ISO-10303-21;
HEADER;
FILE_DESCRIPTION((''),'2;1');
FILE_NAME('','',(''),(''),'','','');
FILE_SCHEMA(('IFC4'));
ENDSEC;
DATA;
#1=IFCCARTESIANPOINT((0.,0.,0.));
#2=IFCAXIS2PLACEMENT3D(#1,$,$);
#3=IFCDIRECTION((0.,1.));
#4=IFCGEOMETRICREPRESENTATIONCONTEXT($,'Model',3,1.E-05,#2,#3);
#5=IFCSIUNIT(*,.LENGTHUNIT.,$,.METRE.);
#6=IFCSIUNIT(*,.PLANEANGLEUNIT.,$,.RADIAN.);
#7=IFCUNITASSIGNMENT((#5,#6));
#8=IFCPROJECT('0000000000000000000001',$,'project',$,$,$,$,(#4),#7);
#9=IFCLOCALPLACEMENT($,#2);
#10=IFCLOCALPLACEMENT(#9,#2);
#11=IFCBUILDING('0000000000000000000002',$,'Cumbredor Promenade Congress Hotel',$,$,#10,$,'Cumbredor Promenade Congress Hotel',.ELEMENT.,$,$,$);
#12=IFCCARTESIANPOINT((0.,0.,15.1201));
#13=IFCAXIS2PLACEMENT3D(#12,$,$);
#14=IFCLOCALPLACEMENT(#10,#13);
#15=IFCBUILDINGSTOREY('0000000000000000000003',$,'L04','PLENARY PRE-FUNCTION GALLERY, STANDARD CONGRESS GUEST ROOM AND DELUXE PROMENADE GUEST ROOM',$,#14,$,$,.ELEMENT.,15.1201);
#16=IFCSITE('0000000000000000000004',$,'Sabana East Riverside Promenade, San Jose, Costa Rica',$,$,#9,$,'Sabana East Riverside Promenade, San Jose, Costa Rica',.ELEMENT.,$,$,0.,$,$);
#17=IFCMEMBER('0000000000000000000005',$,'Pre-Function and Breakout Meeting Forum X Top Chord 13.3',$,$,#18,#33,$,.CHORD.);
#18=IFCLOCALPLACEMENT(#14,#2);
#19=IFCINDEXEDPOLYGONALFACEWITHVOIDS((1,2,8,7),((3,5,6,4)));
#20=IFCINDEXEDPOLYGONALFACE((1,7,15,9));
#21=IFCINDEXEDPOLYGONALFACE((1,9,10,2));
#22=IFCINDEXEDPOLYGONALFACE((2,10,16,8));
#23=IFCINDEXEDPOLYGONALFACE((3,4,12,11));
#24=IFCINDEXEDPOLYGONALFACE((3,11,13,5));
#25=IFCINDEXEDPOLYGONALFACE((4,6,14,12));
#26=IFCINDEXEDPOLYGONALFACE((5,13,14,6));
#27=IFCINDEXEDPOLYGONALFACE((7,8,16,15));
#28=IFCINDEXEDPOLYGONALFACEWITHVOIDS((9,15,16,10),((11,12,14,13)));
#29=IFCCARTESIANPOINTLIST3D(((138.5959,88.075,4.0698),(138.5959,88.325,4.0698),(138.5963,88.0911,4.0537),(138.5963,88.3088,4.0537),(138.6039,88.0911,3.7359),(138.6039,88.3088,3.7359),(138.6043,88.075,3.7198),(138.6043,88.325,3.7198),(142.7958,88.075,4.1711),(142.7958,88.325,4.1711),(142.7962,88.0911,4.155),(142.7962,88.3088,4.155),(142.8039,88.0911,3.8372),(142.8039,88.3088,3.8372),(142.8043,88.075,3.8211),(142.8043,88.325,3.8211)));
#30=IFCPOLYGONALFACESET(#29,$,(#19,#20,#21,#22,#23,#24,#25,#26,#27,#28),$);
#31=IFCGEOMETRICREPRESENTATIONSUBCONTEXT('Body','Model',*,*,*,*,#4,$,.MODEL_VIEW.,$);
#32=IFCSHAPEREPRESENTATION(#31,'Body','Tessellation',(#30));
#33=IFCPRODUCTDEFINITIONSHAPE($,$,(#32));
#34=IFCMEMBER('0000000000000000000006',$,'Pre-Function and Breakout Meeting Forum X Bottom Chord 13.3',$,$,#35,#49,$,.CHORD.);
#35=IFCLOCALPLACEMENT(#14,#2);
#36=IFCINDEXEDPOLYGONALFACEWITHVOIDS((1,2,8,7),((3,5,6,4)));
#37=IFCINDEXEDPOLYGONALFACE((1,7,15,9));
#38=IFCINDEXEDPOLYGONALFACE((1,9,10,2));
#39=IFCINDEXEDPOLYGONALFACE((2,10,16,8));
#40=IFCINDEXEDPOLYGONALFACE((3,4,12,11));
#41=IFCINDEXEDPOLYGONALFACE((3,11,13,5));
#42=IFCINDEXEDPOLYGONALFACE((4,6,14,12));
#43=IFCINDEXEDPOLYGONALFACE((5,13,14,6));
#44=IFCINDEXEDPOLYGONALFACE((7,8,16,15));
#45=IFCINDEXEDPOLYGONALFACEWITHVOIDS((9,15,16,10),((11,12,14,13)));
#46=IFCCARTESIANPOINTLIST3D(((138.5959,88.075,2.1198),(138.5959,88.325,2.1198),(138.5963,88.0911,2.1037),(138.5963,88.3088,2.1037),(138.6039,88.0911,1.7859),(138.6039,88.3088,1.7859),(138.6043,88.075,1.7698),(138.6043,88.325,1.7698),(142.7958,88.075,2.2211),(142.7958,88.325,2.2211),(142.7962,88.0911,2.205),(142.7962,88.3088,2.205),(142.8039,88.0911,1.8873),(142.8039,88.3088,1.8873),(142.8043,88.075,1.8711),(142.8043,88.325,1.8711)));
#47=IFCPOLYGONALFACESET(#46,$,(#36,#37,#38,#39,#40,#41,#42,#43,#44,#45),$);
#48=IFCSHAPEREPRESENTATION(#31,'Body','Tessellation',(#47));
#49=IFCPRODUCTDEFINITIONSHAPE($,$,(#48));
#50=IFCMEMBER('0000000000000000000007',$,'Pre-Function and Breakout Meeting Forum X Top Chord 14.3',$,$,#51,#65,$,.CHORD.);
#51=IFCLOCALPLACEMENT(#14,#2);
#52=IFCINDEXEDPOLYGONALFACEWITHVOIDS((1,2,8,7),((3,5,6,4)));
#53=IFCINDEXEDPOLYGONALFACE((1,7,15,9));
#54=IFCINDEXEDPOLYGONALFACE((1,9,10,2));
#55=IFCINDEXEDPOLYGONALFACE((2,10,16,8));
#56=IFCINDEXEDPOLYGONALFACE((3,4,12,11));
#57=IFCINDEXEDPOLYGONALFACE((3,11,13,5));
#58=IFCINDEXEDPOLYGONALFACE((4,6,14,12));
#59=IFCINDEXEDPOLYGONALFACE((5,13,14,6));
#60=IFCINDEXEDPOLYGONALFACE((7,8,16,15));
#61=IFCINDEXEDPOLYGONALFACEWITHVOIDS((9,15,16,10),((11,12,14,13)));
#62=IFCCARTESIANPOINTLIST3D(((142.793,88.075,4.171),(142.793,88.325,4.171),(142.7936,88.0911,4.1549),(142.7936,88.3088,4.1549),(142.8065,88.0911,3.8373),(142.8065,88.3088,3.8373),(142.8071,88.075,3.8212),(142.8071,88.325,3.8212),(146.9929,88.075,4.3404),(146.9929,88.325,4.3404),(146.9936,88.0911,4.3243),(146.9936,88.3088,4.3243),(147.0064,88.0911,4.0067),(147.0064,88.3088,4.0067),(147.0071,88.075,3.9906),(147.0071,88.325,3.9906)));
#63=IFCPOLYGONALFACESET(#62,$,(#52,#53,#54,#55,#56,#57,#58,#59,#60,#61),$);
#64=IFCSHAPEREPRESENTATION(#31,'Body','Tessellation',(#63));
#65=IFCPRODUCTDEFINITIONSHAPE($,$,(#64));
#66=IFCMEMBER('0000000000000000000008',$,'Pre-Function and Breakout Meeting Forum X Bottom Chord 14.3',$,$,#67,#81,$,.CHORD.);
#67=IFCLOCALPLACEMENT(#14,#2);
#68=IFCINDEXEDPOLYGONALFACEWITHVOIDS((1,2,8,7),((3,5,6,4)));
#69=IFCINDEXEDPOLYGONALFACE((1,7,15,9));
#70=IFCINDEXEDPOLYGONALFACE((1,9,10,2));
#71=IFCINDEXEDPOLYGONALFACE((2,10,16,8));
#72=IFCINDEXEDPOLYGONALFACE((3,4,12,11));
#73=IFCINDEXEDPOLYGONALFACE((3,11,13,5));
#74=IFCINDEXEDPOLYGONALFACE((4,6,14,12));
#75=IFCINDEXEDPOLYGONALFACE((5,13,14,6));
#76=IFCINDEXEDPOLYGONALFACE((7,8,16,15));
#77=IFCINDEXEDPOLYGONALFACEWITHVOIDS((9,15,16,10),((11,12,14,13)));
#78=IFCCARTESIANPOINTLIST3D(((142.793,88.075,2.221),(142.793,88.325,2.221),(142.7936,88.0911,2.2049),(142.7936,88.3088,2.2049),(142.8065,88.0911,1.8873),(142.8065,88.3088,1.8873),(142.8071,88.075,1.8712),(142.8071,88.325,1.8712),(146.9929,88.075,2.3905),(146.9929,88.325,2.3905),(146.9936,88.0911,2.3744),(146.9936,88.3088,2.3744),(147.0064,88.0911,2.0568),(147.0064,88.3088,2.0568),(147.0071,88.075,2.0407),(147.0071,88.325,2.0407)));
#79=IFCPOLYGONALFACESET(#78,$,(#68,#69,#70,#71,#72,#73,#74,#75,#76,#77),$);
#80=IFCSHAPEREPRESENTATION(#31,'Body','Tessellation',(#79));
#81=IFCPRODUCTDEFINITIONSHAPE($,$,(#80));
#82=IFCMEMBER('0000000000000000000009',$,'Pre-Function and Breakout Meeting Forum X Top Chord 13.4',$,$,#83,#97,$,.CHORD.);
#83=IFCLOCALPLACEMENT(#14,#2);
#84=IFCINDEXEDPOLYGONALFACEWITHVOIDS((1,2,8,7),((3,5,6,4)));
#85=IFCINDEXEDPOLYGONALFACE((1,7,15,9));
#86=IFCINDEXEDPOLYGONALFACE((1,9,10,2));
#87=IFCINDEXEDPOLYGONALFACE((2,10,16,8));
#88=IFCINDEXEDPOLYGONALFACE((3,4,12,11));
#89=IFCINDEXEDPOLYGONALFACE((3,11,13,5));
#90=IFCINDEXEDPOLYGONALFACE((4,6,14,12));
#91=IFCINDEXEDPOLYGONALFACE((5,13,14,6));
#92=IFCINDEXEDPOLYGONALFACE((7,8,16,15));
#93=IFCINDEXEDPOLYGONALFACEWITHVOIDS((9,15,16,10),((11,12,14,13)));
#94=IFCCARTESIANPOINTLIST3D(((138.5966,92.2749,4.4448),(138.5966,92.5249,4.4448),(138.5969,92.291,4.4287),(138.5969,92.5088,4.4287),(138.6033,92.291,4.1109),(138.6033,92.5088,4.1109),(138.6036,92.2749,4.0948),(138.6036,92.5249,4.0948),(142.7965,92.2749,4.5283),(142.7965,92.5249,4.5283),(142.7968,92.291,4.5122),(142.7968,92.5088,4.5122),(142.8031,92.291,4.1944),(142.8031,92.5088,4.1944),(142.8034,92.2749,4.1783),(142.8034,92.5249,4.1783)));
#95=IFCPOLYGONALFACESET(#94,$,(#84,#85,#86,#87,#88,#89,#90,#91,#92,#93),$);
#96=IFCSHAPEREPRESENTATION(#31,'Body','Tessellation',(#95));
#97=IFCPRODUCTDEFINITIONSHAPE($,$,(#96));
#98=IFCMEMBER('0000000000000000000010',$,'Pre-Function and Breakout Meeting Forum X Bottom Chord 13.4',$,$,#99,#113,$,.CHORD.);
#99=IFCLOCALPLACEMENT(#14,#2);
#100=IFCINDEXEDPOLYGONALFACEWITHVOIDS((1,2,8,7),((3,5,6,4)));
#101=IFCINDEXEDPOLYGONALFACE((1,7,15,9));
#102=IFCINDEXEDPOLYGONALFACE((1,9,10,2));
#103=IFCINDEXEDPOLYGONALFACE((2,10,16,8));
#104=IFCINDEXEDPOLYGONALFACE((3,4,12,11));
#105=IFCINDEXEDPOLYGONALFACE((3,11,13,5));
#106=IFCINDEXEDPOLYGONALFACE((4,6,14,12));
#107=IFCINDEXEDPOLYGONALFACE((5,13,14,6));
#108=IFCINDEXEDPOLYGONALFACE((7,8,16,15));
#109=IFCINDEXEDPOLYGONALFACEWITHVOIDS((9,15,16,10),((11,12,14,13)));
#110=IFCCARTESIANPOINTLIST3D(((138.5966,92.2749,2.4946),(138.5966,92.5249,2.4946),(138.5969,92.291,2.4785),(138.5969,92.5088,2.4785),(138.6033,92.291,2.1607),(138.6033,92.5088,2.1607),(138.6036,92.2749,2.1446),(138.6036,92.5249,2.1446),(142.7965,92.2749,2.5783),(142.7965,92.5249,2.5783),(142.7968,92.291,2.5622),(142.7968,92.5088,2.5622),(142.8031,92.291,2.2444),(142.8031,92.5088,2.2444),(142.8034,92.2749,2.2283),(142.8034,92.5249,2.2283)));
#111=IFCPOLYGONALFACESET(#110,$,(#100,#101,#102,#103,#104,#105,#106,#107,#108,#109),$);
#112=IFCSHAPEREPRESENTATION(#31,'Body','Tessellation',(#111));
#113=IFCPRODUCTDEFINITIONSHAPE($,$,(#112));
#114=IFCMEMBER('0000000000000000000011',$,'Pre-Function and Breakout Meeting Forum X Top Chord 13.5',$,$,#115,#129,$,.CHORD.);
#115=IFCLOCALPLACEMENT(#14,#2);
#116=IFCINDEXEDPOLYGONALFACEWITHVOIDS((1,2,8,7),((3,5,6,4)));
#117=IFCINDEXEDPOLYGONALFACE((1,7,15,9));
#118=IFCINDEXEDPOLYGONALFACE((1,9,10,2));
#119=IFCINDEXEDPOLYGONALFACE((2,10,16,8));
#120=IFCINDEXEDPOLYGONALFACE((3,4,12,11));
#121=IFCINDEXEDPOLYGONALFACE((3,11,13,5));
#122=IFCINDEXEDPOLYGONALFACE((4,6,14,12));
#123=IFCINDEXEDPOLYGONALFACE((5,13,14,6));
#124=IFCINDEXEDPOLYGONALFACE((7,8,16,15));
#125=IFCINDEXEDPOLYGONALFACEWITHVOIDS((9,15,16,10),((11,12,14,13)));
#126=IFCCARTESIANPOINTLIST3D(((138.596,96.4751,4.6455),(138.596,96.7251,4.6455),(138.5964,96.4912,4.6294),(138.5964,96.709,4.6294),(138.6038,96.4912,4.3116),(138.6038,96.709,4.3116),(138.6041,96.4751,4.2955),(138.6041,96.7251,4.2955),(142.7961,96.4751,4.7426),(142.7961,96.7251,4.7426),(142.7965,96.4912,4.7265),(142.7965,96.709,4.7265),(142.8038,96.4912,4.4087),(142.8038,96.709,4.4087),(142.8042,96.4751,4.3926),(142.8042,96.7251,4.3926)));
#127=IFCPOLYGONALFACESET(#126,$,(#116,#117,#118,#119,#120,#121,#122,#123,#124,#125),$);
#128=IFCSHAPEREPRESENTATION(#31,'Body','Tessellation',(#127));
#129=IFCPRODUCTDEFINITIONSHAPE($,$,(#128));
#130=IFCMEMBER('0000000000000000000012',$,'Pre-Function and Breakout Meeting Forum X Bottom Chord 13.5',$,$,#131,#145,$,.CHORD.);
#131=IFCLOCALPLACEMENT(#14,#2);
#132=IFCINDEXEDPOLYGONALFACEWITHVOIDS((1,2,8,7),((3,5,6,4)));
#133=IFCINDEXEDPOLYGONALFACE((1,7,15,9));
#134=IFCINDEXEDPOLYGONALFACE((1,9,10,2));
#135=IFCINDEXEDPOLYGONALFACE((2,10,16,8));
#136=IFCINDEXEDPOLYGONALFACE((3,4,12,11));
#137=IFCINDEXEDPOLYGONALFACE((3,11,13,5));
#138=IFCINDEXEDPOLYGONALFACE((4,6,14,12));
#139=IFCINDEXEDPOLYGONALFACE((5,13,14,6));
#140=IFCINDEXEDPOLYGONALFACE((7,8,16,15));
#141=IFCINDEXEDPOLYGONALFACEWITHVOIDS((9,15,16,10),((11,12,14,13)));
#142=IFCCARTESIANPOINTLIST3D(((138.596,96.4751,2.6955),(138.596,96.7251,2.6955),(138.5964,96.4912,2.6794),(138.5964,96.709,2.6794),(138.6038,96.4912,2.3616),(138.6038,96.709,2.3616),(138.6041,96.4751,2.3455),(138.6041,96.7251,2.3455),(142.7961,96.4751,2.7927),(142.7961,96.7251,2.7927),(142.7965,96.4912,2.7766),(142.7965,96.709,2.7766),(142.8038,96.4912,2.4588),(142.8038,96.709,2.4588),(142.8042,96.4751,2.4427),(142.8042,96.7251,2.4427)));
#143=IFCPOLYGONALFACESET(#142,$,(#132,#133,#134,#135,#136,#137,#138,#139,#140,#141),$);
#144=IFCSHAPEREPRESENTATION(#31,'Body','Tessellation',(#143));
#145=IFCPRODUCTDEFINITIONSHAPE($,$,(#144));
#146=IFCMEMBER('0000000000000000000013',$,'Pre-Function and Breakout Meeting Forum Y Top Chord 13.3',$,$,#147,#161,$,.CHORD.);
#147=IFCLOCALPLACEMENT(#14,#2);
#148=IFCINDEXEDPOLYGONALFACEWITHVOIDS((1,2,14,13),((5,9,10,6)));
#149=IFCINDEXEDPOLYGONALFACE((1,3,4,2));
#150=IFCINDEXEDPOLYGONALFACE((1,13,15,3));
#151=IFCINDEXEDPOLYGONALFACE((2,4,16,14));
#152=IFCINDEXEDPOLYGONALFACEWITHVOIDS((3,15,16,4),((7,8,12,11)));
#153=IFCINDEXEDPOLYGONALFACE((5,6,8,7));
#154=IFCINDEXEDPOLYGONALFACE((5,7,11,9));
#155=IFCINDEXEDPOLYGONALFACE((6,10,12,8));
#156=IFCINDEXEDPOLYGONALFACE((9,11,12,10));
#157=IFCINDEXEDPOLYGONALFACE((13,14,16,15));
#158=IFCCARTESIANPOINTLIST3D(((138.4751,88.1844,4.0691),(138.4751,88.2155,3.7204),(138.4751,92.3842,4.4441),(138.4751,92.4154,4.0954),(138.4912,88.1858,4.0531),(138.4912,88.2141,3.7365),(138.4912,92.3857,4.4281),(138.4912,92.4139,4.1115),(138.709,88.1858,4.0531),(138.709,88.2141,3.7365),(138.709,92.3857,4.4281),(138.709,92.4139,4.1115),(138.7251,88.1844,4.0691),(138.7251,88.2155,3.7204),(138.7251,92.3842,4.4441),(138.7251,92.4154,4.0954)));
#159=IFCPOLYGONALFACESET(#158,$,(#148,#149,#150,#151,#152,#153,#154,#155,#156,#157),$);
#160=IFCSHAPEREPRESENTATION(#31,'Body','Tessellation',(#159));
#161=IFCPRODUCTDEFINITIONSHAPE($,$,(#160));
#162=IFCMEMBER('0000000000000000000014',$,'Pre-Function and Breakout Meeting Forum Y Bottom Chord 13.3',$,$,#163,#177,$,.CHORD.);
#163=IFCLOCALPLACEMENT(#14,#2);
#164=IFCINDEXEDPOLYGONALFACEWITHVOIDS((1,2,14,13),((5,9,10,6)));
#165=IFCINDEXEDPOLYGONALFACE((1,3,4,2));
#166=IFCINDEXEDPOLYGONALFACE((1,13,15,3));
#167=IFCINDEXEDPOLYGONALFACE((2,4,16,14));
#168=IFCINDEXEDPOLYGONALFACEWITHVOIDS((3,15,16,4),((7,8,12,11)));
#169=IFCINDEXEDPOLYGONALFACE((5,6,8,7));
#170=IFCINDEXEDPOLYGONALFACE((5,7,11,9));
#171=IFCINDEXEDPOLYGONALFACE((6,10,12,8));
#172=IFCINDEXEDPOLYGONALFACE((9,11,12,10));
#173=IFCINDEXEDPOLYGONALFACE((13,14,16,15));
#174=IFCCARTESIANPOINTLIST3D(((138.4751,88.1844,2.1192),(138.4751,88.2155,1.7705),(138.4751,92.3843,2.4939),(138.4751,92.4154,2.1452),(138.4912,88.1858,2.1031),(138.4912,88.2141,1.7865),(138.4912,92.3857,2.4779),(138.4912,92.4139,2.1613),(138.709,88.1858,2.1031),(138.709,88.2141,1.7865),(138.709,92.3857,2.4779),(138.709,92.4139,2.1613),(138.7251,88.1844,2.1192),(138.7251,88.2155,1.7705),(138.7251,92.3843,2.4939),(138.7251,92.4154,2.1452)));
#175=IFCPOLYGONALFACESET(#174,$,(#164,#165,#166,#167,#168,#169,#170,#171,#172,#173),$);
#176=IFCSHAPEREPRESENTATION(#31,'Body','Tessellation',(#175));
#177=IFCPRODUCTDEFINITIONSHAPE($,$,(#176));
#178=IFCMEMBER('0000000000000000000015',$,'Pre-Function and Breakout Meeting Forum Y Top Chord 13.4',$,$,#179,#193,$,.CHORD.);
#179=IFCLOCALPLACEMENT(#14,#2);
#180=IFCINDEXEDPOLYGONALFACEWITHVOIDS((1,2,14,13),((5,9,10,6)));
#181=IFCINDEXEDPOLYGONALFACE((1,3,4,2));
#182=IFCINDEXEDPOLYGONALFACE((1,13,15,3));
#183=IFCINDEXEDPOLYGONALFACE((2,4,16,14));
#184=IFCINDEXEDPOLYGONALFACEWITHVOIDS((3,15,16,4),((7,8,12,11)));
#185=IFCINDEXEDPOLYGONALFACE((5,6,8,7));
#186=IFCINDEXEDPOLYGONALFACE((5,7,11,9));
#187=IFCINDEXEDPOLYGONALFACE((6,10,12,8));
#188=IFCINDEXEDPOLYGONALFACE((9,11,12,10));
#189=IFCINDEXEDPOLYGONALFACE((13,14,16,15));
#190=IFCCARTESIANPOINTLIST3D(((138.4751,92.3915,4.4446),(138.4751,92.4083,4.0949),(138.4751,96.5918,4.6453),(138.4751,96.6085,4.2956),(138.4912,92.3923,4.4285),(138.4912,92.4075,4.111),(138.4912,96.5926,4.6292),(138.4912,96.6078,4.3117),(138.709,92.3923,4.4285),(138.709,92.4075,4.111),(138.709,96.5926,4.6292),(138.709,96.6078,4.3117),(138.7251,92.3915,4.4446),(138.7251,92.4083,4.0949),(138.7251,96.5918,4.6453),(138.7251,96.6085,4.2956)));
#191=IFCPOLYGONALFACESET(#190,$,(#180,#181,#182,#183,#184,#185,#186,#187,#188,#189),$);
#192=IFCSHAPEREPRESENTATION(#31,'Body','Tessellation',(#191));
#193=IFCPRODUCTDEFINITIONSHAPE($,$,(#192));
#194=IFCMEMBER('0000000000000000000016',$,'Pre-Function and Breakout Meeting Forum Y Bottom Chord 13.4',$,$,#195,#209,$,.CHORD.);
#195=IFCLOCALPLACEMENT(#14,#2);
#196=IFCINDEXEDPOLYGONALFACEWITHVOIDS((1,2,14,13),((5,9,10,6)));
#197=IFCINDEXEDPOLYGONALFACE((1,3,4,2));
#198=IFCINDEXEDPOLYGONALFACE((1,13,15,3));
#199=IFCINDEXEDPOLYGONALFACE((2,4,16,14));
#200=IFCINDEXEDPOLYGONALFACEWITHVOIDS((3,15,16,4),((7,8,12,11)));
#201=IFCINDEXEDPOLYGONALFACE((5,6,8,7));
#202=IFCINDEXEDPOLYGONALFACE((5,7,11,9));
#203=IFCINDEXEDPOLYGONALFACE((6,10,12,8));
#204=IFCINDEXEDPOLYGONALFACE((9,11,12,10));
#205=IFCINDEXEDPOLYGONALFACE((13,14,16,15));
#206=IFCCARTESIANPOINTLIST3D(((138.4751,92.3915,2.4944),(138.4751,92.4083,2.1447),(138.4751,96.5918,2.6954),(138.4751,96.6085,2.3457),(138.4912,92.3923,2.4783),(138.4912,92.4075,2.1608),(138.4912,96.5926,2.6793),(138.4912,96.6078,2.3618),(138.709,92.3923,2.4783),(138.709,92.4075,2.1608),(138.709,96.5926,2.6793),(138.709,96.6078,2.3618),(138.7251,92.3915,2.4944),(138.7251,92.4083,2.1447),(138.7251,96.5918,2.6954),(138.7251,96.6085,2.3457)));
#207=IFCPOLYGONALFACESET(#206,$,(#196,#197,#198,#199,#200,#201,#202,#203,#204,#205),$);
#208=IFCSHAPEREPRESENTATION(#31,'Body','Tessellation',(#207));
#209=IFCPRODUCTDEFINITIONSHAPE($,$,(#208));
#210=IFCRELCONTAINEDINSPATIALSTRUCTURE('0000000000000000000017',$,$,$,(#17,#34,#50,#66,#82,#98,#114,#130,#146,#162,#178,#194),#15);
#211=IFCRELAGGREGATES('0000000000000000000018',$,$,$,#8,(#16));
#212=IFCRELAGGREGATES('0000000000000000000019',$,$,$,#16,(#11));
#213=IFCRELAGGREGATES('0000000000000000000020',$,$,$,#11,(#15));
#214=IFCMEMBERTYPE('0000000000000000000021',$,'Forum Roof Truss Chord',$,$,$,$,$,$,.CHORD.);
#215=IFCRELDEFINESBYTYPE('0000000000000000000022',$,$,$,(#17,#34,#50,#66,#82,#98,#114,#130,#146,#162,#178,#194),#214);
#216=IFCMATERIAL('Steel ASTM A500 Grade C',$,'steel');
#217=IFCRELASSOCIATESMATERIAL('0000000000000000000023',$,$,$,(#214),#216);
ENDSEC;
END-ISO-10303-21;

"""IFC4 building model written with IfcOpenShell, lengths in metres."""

from ifc_helpers import new_model, si_unit, direction, frame, origin, origin_2d, place, context, subcontext, project, spatial, hollow_rectangle, extrude, material, material_profile, profile_set, type_object, element, save


model = new_model("IFC4")

# Units and contexts
model_context = context("Model", 3, precision=1e-05, world=origin(), true_north=direction((0.0, 1.0)))
body_context = subcontext(model_context, "Body", "Model", "MODEL_VIEW")
ifc_project = project(units=[si_unit("LENGTHUNIT", "METRE"), si_unit("PLANEANGLEUNIT", "RADIAN")], contexts=[model_context])

# Site, building, storey
site_placement = place(None, origin())
site = spatial("IfcSite", under=ifc_project, at=site_placement, Name="Sabana East Riverside Promenade, San Jose, Costa Rica", LongName="Sabana East Riverside Promenade, San Jose, Costa Rica", CompositionType="ELEMENT", RefElevation=0.0)
building_placement = place(site_placement, origin())
building = spatial("IfcBuilding", under=site, at=building_placement, Name="Cumbredor Promenade Congress Hotel", LongName="Cumbredor Promenade Congress Hotel", CompositionType="ELEMENT")
storey_placement = place(building_placement, frame((0.0, 0.0, 15.1201)))
storey = spatial("IfcBuildingStorey", under=building, at=storey_placement, Name="L04", Description="PLENARY PRE-FUNCTION GALLERY, STANDARD CONGRESS GUEST ROOM AND DELUXE PROMENADE GUEST ROOM", CompositionType="ELEMENT", Elevation=15.1201)

# Members
ifc_material_1 = material(Name="Steel ASTM A500 Grade C", Category="steel")
ifc_material_profile_1 = material_profile(ifc_material_1, hollow_rectangle(XDim=0.25, YDim=0.3501, WallThickness=0.0161, at=origin_2d()), Name="HSS 350x250x16")
ifc_profile_set_1 = profile_set([ifc_material_profile_1], Name="Steel ASTM A500 Grade C")
member_type_1 = type_object("IfcMemberType", Name="Forum Roof Truss Chord", PredefinedType="CHORD", material=ifc_profile_set_1)
for number, where, z_axis, x_axis, name in (
    (1, (138.6001, 88.2, 3.8948), (0.999709, 0.0, 0.024117), (0.0, 1.0, 0.0), "Pre-Function and Breakout Meeting Forum X Top Chord 13.3"),
    (2, (138.6001, 88.2, 1.9448), (0.999709, 0.0, 0.024117), (0.0, 1.0, 0.0), "Pre-Function and Breakout Meeting Forum X Bottom Chord 13.3"),
):
    element("IfcMember", number, at=place(storey_placement, frame(where, z_axis=z_axis, x_axis=x_axis)), inside=storey, type_object=member_type_1, Name=name, PredefinedType="CHORD", context=body_context, shape_type="SweptSolid", body=[
        extrude(hollow_rectangle(XDim=0.25, YDim=0.3501, WallThickness=0.0161, at=origin_2d()), origin(), (0.0, 0.0, 1.0), 4.2012),
    ])
for number, where, z_axis, x_axis, name in (
    (3, (142.8, 88.2, 3.9961), (0.999187, 0.0, 0.040309), (0.0, 1.0, 0.0), "Pre-Function and Breakout Meeting Forum X Top Chord 14.3"),
    (4, (142.8, 88.2, 2.0461), (0.999187, 0.0, 0.040309), (0.0, 1.0, 0.0), "Pre-Function and Breakout Meeting Forum X Bottom Chord 14.3"),
):
    element("IfcMember", number, at=place(storey_placement, frame(where, z_axis=z_axis, x_axis=x_axis)), inside=storey, type_object=member_type_1, Name=name, PredefinedType="CHORD", context=body_context, shape_type="SweptSolid", body=[
        extrude(hollow_rectangle(XDim=0.25, YDim=0.3501, WallThickness=0.0161, at=origin_2d()), origin(), (0.0, 0.0, 1.0), 4.2034),
    ])
for number, where, z_axis, x_axis, name in (
    (5, (138.6001, 92.3999, 4.2698), (0.999802, 0.0, 0.019876), (0.0, 1.0, 0.0), "Pre-Function and Breakout Meeting Forum X Top Chord 13.4"),
    (6, (138.6001, 92.3999, 2.3196), (0.999801, 0.0, 0.019934), (0.0, 1.0, 0.0), "Pre-Function and Breakout Meeting Forum X Bottom Chord 13.4"),
):
    element("IfcMember", number, at=place(storey_placement, frame(where, z_axis=z_axis, x_axis=x_axis)), inside=storey, type_object=member_type_1, Name=name, PredefinedType="CHORD", context=body_context, shape_type="SweptSolid", body=[
        extrude(hollow_rectangle(XDim=0.25, YDim=0.3501, WallThickness=0.0161, at=origin_2d()), origin(), (0.0, 0.0, 1.0), 4.2007),
    ])
for number, where, z_axis, x_axis, name in (
    (7, (138.6001, 96.6001, 4.4705), (0.999732, 0.0, 0.023129), (0.0, 1.0, 0.0), "Pre-Function and Breakout Meeting Forum X Top Chord 13.5"),
    (8, (138.6001, 96.6001, 2.5205), (0.999732, 0.0, 0.023129), (0.0, 1.0, 0.0), "Pre-Function and Breakout Meeting Forum X Bottom Chord 13.5"),
):
    element("IfcMember", number, at=place(storey_placement, frame(where, z_axis=z_axis, x_axis=x_axis)), inside=storey, type_object=member_type_1, Name=name, PredefinedType="CHORD", context=body_context, shape_type="SweptSolid", body=[
        extrude(hollow_rectangle(XDim=0.25, YDim=0.3501, WallThickness=0.0161, at=origin_2d()), origin(), (0.0, 0.0, 1.0), 4.2012),
    ])
for number, where, z_axis, x_axis, name in (
    (9, (138.6001, 88.2, 3.8948), (0.0, 0.996038, 0.088933), (-1.0, 0.0, 0.0), "Pre-Function and Breakout Meeting Forum Y Top Chord 13.3"),
    (10, (138.6001, 88.2, 1.9448), (0.0, 0.996043, 0.088876), (-1.0, 0.0, 0.0), "Pre-Function and Breakout Meeting Forum Y Bottom Chord 13.3"),
):
    element("IfcMember", number, at=place(storey_placement, frame(where, z_axis=z_axis, x_axis=x_axis)), inside=storey, type_object=member_type_1, Name=name, PredefinedType="CHORD", context=body_context, shape_type="SweptSolid", body=[
        extrude(hollow_rectangle(XDim=0.25, YDim=0.3501, WallThickness=0.0161, at=origin_2d()), origin(), (0.0, 0.0, 1.0), 4.2166),
    ])
for number, where, z_axis, x_axis, name in (
    (11, (138.6001, 92.3999, 4.2698), (0.0, 0.998861, 0.047725), (-1.0, 0.0, 0.0), "Pre-Function and Breakout Meeting Forum Y Top Chord 13.4"),
    (12, (138.6001, 92.3999, 2.3196), (0.0, 0.998858, 0.047783), (-1.0, 0.0, 0.0), "Pre-Function and Breakout Meeting Forum Y Bottom Chord 13.4"),
):
    element("IfcMember", number, at=place(storey_placement, frame(where, z_axis=z_axis, x_axis=x_axis)), inside=storey, type_object=member_type_1, Name=name, PredefinedType="CHORD", context=body_context, shape_type="SweptSolid", body=[
        extrude(hollow_rectangle(XDim=0.25, YDim=0.3501, WallThickness=0.0161, at=origin_2d()), origin(), (0.0, 0.0, 1.0), 4.2051),
    ])

save(model, "model.ifc")
